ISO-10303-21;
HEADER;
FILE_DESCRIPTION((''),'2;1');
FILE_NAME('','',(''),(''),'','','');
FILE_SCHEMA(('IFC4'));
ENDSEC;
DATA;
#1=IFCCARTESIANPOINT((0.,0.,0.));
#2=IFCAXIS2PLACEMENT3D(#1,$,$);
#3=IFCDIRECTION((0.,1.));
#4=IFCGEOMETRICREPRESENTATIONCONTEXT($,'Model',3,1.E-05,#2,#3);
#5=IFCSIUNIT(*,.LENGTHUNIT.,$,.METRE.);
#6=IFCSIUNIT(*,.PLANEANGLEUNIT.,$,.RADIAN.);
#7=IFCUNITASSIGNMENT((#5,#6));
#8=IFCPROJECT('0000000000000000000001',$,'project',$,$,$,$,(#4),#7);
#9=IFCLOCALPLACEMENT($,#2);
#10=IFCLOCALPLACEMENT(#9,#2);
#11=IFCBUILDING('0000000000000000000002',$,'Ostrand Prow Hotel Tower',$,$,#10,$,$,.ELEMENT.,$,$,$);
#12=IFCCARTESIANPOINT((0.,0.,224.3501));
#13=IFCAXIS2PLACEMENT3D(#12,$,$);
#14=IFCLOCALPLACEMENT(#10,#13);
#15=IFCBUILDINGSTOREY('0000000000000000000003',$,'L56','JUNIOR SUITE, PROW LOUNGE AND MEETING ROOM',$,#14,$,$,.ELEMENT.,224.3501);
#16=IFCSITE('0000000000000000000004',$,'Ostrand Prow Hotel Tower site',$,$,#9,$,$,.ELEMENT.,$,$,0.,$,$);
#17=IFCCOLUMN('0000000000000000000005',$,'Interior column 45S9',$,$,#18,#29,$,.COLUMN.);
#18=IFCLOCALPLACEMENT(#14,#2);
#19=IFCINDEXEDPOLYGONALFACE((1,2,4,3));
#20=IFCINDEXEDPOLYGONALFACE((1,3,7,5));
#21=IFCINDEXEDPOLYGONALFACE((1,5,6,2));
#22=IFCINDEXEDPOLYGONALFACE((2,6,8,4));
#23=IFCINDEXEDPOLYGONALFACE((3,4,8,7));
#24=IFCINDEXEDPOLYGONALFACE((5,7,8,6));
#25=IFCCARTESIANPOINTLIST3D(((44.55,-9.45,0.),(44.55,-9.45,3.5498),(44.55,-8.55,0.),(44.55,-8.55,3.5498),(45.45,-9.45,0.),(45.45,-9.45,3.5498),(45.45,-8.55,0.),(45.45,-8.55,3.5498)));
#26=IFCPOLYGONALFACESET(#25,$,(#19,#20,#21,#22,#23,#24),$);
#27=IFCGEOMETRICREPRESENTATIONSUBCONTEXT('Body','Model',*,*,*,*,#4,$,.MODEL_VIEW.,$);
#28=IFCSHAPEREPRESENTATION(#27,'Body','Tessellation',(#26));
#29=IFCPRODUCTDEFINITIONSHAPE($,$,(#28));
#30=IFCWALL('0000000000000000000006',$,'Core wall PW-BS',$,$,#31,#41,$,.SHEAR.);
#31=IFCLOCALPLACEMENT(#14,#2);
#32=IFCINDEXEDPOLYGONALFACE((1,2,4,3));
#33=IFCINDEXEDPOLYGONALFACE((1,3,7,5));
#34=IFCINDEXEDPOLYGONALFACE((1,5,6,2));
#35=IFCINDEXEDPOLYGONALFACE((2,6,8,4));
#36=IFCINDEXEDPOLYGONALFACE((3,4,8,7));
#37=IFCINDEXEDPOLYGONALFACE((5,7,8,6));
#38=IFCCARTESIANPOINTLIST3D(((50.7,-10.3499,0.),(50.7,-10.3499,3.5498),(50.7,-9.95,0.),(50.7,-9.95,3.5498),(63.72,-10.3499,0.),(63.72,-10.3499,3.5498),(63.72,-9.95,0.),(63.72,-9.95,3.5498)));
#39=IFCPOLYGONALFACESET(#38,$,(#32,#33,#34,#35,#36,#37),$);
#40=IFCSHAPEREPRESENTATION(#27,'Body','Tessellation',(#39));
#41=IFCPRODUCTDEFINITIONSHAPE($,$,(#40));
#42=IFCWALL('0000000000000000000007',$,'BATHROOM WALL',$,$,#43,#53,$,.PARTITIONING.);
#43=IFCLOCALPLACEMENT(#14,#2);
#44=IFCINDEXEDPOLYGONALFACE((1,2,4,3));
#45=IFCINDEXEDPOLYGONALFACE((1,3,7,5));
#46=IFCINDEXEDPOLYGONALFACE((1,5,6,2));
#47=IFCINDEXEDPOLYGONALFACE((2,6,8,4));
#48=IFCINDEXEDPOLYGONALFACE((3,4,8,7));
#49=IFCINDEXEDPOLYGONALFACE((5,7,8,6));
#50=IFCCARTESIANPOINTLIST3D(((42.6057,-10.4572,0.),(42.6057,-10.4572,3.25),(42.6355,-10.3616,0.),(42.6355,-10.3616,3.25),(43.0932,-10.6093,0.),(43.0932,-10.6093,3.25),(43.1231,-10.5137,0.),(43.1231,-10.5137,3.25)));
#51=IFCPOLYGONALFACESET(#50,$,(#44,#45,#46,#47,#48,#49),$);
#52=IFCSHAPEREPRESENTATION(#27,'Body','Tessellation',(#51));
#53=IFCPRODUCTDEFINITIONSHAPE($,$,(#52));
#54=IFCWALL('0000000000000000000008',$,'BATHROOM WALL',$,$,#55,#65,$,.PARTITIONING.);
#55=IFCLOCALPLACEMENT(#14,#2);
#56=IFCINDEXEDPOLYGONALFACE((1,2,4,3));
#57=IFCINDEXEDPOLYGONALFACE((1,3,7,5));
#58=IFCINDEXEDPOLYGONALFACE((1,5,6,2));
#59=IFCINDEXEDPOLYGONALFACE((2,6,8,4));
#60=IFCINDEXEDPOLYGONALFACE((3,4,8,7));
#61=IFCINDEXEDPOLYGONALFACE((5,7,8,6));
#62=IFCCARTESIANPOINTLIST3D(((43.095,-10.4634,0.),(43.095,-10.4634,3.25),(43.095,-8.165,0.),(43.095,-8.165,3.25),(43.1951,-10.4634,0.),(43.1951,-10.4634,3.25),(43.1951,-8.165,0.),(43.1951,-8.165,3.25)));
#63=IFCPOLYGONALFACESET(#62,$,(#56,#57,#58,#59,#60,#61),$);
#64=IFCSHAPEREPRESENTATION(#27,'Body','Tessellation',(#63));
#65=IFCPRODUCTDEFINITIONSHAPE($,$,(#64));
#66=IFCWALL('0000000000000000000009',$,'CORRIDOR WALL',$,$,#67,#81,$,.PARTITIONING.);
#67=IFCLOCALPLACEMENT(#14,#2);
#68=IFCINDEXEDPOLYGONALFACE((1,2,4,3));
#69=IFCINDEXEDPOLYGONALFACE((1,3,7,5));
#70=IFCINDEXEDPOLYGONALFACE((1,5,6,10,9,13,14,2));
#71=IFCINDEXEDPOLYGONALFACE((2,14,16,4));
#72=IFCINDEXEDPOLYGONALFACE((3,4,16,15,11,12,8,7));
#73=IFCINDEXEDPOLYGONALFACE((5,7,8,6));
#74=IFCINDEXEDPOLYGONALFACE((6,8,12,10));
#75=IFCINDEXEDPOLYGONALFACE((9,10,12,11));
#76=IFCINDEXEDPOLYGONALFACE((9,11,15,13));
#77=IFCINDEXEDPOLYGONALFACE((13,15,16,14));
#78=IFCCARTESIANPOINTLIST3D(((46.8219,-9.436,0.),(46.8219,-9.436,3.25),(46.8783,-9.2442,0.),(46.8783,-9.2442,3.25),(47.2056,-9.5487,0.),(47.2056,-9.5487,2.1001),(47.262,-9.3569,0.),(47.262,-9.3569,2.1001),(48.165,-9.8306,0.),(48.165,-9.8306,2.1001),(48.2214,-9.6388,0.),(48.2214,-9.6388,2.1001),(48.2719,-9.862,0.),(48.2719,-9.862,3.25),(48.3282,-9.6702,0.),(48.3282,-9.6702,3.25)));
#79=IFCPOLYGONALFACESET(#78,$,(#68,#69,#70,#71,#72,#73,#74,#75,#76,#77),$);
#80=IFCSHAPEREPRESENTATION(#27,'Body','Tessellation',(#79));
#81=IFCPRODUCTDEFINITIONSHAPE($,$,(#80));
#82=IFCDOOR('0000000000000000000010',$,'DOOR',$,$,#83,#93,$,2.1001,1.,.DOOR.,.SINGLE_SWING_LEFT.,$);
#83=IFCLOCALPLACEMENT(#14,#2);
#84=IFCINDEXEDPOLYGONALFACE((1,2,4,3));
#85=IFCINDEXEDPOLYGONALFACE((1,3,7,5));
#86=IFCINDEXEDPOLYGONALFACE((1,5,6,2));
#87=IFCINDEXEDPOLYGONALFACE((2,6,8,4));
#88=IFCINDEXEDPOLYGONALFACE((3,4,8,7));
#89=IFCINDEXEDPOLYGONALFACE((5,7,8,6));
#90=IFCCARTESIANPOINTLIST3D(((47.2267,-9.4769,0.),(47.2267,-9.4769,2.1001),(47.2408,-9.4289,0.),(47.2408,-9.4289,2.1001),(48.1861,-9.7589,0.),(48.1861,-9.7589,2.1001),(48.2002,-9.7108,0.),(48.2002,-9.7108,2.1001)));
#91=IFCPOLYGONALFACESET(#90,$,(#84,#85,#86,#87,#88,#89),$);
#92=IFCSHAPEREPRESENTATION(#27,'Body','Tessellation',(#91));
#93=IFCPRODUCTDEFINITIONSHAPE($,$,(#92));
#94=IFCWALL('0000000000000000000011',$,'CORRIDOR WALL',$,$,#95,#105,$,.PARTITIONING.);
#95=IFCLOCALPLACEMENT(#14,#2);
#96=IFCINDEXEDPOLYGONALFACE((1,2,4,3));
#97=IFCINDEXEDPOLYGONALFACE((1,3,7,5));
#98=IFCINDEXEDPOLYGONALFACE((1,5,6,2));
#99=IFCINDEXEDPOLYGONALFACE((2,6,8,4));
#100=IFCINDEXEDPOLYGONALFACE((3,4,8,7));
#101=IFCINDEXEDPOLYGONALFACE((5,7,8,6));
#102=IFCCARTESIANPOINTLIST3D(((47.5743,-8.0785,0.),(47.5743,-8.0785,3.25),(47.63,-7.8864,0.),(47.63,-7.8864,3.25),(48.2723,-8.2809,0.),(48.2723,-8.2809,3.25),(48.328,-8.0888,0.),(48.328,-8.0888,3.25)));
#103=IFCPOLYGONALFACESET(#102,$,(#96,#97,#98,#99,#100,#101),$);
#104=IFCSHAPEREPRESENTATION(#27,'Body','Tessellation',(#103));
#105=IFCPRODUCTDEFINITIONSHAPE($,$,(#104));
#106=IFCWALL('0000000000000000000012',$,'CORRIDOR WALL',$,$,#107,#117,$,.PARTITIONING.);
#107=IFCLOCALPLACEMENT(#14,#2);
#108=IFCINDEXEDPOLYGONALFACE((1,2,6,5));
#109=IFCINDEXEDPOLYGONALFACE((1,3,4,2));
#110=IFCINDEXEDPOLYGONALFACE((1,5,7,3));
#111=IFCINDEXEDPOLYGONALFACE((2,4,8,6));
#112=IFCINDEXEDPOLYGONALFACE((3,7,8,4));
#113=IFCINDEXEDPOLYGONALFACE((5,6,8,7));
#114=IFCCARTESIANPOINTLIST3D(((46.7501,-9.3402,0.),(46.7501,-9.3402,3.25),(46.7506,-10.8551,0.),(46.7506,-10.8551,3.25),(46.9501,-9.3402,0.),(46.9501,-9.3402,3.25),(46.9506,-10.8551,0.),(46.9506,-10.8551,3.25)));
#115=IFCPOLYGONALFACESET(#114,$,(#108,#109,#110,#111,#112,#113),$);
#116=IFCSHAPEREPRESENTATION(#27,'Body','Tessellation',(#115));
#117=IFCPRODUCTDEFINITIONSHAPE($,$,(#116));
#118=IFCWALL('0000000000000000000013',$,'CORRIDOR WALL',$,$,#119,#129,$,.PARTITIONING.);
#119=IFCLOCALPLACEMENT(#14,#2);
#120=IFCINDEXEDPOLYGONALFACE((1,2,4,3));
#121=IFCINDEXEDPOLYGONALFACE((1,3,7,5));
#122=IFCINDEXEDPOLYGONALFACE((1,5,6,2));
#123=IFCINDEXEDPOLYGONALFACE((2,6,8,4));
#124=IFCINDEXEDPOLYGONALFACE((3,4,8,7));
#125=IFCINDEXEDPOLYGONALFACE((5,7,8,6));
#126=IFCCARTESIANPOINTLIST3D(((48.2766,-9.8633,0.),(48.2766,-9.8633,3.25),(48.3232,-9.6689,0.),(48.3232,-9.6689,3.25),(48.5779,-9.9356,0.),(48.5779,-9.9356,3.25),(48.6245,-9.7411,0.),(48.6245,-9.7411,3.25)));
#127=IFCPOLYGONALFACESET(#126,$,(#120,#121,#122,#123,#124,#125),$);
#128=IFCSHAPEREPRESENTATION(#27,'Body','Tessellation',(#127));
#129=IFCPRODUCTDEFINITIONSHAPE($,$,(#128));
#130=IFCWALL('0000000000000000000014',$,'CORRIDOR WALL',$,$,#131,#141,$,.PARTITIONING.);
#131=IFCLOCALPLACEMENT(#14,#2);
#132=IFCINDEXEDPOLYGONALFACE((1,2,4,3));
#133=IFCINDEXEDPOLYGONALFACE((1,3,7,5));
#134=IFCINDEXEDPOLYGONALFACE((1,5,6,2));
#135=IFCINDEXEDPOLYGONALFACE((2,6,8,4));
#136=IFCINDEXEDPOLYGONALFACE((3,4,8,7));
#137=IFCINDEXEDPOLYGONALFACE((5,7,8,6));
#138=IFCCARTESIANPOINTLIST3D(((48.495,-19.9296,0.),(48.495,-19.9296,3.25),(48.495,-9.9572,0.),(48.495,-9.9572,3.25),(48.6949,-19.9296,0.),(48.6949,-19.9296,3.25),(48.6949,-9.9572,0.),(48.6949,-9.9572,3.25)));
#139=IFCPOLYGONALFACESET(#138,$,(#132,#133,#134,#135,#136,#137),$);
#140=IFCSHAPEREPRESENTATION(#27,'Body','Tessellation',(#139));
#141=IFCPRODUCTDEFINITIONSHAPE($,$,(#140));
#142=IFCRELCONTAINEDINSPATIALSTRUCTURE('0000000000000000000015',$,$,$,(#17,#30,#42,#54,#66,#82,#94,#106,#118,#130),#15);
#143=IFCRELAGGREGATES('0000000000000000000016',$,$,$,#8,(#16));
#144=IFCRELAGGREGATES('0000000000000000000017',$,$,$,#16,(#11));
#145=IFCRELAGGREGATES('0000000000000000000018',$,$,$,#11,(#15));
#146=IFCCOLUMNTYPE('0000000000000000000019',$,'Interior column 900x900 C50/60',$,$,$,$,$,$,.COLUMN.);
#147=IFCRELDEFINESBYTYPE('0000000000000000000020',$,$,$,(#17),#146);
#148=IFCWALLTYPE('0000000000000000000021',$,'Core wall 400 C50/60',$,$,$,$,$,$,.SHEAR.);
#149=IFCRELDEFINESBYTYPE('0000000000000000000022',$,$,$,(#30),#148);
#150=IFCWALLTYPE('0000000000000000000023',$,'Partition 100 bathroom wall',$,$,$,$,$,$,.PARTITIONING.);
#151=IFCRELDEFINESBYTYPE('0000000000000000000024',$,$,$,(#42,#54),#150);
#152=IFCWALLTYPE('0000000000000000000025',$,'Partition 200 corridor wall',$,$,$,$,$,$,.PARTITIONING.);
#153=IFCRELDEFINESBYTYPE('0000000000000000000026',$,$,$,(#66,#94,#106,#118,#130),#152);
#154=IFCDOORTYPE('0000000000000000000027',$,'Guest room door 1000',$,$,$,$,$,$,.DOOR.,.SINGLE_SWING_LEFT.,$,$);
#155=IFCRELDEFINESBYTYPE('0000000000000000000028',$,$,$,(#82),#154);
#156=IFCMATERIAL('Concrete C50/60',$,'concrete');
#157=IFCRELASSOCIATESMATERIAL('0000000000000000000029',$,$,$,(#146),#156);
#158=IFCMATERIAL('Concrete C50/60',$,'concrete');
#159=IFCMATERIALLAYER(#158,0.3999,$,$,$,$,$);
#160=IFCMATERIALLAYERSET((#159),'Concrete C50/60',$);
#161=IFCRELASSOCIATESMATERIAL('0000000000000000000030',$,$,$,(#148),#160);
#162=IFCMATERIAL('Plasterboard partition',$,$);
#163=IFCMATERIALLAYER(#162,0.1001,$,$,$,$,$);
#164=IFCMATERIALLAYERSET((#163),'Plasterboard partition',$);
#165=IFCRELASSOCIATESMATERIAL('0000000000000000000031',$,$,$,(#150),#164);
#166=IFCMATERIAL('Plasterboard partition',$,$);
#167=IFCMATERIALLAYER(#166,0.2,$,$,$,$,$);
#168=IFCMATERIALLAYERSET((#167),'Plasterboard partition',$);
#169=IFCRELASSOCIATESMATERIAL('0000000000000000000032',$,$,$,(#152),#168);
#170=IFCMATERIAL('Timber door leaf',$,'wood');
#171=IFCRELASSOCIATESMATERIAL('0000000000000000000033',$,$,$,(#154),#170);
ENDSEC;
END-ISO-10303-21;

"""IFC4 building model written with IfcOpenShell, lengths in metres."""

from ifc_helpers import new_model, si_unit, direction, frame, frame_2d, origin, origin_2d, place, context, subcontext, project, spatial, rectangle, extrude, material, layer, layer_set, material_profile, profile_set, type_object, element, fill, save


model = new_model("IFC4")

# Units and contexts
model_context = context("Model", 3, precision=1e-05, world=origin(), true_north=direction((0.0, 1.0)))
body_context = subcontext(model_context, "Body", "Model", "MODEL_VIEW")
ifc_project = project(units=[si_unit("LENGTHUNIT", "METRE"), si_unit("PLANEANGLEUNIT", "RADIAN")], contexts=[model_context])

# Site, building, storey
site_placement = place(None, origin())
site = spatial("IfcSite", under=ifc_project, at=site_placement, Name="Ostrand Prow Hotel Tower site", CompositionType="ELEMENT", RefElevation=0.0)
building_placement = place(site_placement, origin())
building = spatial("IfcBuilding", under=site, at=building_placement, Name="Ostrand Prow Hotel Tower", CompositionType="ELEMENT")
storey_placement = place(building_placement, frame((0.0, 0.0, 224.3501)))
storey = spatial("IfcBuildingStorey", under=building, at=storey_placement, Name="L56", Description="JUNIOR SUITE, PROW LOUNGE AND MEETING ROOM", CompositionType="ELEMENT", Elevation=224.3501)

# Column
ifc_material_1 = material(Name="Concrete C50/60", Category="concrete")
ifc_material_profile = material_profile(ifc_material_1, rectangle(XDim=0.8999, YDim=0.8999, at=origin_2d()), Name="RC 900x900")
ifc_profile_set = profile_set([ifc_material_profile], Name="Concrete C50/60")
column_type = type_object("IfcColumnType", Name="Interior column 900x900 C50/60", PredefinedType="COLUMN", material=ifc_profile_set)
column_placement = place(storey_placement, frame((45.0, -9.0, 0.0), z_axis=(0.0, 0.0, 1.0), x_axis=(1.0, 0.0, 0.0)))
element("IfcColumn", 1, at=column_placement, inside=storey, type_object=column_type, Name="Interior column 45S9", PredefinedType="COLUMN", context=body_context, shape_type="SweptSolid", body=[
    extrude(rectangle(XDim=0.8999, YDim=0.8999, at=origin_2d()), origin(), (0.0, 0.0, 1.0), 3.5498),
])

# Walls
ifc_material_2 = material(Name="Concrete C50/60", Category="concrete")
ifc_layer_1 = layer(ifc_material_2, 0.3999)
ifc_layer_set_1 = layer_set([ifc_layer_1], Name="Concrete C50/60")
wall_type_1 = type_object("IfcWallType", Name="Core wall 400 C50/60", PredefinedType="SHEAR", material=ifc_layer_set_1)
wall_1_placement = place(storey_placement, frame((50.7, -10.1499, 0.0), z_axis=(0.0, 0.0, 1.0), x_axis=(1.0, 0.0, 0.0)))
element("IfcWall", 2, at=wall_1_placement, inside=storey, type_object=wall_type_1, Name="Core wall PW-BS", PredefinedType="SHEAR", context=body_context, shape_type="SweptSolid", body=[
    extrude(rectangle(XDim=13.02, YDim=0.3999, at=frame_2d((6.51, 0.0))), origin(), (0.0, 0.0, 1.0), 3.5498),
])
ifc_material_3 = material(Name="Plasterboard partition")
ifc_layer_2 = layer(ifc_material_3, 0.1001)
ifc_layer_set_2 = layer_set([ifc_layer_2], Name="Plasterboard partition")
wall_type_2 = type_object("IfcWallType", Name="Partition 100 bathroom wall", PredefinedType="PARTITIONING", material=ifc_layer_set_2)
wall_2_placement = place(storey_placement, frame((43.1082, -10.5615, 0.0), z_axis=(0.0, 0.0, 1.0), x_axis=(-0.954624, 0.297812, 0.0)))
element("IfcWall", 3, at=wall_2_placement, inside=storey, type_object=wall_type_2, Name="BATHROOM WALL", PredefinedType="PARTITIONING", context=body_context, shape_type="SweptSolid", body=[
    extrude(rectangle(XDim=0.5107, YDim=0.1001, at=frame_2d((0.2554, 0.0))), origin(), (0.0, 0.0, 1.0), 3.25),
])
wall_3_placement = place(storey_placement, frame((43.145, -8.165, 0.0), z_axis=(0.0, 0.0, 1.0), x_axis=(0.0, -1.0, 0.0)))
element("IfcWall", 4, at=wall_3_placement, inside=storey, type_object=wall_type_2, Name="BATHROOM WALL", PredefinedType="PARTITIONING", context=body_context, shape_type="SweptSolid", body=[
    extrude(rectangle(XDim=2.2983, YDim=0.1001, at=frame_2d((1.1492, 0.0))), origin(), (0.0, 0.0, 1.0), 3.25),
])

# Wall, opening, door
ifc_material_4 = material(Name="Plasterboard partition")
ifc_layer_3 = layer(ifc_material_4, 0.2)
ifc_layer_set_3 = layer_set([ifc_layer_3], Name="Plasterboard partition")
wall_type_3 = type_object("IfcWallType", Name="Partition 200 corridor wall", PredefinedType="PARTITIONING", material=ifc_layer_set_3)
wall_4_placement = place(storey_placement, frame((46.8501, -9.3401, 0.0), z_axis=(0.0, 0.0, 1.0), x_axis=(0.959443, -0.281904, 0.0)))
wall_4 = element("IfcWall", 5, at=wall_4_placement, inside=storey, type_object=wall_type_3, Name="CORRIDOR WALL", PredefinedType="PARTITIONING", context=body_context, shape_type="SweptSolid", body=[
    extrude(rectangle(XDim=1.5112, YDim=0.2, at=frame_2d((0.7556, 0.0))), origin(), (0.0, 0.0, 1.0), 3.25),
])
opening_placement = place(wall_4_placement, frame((0.3999, 0.0, 0.0)))
opening = element("IfcOpeningElement", 6, at=opening_placement, cuts=wall_4, PredefinedType="OPENING", context=body_context, shape_type="SweptSolid", body=[
    extrude(rectangle(XDim=1.0, YDim=2.1001, at=frame_2d((0.5, 1.05))), frame((0.0, 0.1099, 0.0), z_axis=(0.0, -1.0, 0.0), x_axis=(1.0, 0.0, 0.0)), (0.0, 0.0, 1.0), 0.22),
])
ifc_material_5 = material(Name="Timber door leaf", Category="wood")
door_type = type_object("IfcDoorType", Name="Guest room door 1000", OperationType="SINGLE_SWING_LEFT", PredefinedType="DOOR", material=ifc_material_5)
door_placement = place(opening_placement, origin())
door = element("IfcDoor", 7, at=door_placement, inside=storey, type_object=door_type, Name="DOOR", OperationType="SINGLE_SWING_LEFT", OverallHeight=2.1001, OverallWidth=1.0, PredefinedType="DOOR", context=body_context, shape_type="SweptSolid", body=[
    extrude(rectangle(XDim=1.0, YDim=2.1001, at=frame_2d((0.5, 1.05))), frame((0.0, 0.0249, 0.0), z_axis=(0.0, -1.0, 0.0), x_axis=(1.0, 0.0, 0.0)), (0.0, 0.0, 1.0), 0.05),
])
fill(opening, door)

# Walls
wall_5_placement = place(storey_placement, frame((48.3, -8.1848, 0.0), z_axis=(0.0, 0.0, 1.0), x_axis=(-0.960439, 0.27849, 0.0)))
element("IfcWall", 8, at=wall_5_placement, inside=storey, type_object=wall_type_3, Name="CORRIDOR WALL", PredefinedType="PARTITIONING", context=body_context, shape_type="SweptSolid", body=[
    extrude(rectangle(XDim=0.7268, YDim=0.2, at=frame_2d((0.3633, 0.0))), origin(), (0.0, 0.0, 1.0), 3.25),
])
wall_6_placement = place(storey_placement, frame((46.8506, -10.855, 0.0), z_axis=(0.0, 0.0, 1.0), x_axis=(-0.000322, 1.0, 0.0)))
element("IfcWall", 9, at=wall_6_placement, inside=storey, type_object=wall_type_3, Name="CORRIDOR WALL", PredefinedType="PARTITIONING", context=body_context, shape_type="SweptSolid", body=[
    extrude(rectangle(XDim=1.5149, YDim=0.2, at=frame_2d((0.7573, 0.0))), origin(), (0.0, 0.0, 1.0), 3.25),
])
wall_7_placement = place(storey_placement, frame((48.3, -9.7661, 0.0), z_axis=(0.0, 0.0, 1.0), x_axis=(0.972416, -0.233254, 0.0)))
element("IfcWall", 10, at=wall_7_placement, inside=storey, type_object=wall_type_3, Name="CORRIDOR WALL", PredefinedType="PARTITIONING", context=body_context, shape_type="SweptSolid", body=[
    extrude(rectangle(XDim=0.3098, YDim=0.2, at=frame_2d((0.1548, 0.0))), origin(), (0.0, 0.0, 1.0), 3.25),
])
wall_8_placement = place(storey_placement, frame((48.595, -9.957, 0.0), z_axis=(0.0, 0.0, 1.0), x_axis=(0.0, -1.0, 0.0)))
element("IfcWall", 11, at=wall_8_placement, inside=storey, type_object=wall_type_3, Name="CORRIDOR WALL", PredefinedType="PARTITIONING", context=body_context, shape_type="SweptSolid", body=[
    extrude(rectangle(XDim=9.9724, YDim=0.2, at=frame_2d((4.9863, 0.0))), origin(), (0.0, 0.0, 1.0), 3.25),
])

save(model, "model.ifc")
